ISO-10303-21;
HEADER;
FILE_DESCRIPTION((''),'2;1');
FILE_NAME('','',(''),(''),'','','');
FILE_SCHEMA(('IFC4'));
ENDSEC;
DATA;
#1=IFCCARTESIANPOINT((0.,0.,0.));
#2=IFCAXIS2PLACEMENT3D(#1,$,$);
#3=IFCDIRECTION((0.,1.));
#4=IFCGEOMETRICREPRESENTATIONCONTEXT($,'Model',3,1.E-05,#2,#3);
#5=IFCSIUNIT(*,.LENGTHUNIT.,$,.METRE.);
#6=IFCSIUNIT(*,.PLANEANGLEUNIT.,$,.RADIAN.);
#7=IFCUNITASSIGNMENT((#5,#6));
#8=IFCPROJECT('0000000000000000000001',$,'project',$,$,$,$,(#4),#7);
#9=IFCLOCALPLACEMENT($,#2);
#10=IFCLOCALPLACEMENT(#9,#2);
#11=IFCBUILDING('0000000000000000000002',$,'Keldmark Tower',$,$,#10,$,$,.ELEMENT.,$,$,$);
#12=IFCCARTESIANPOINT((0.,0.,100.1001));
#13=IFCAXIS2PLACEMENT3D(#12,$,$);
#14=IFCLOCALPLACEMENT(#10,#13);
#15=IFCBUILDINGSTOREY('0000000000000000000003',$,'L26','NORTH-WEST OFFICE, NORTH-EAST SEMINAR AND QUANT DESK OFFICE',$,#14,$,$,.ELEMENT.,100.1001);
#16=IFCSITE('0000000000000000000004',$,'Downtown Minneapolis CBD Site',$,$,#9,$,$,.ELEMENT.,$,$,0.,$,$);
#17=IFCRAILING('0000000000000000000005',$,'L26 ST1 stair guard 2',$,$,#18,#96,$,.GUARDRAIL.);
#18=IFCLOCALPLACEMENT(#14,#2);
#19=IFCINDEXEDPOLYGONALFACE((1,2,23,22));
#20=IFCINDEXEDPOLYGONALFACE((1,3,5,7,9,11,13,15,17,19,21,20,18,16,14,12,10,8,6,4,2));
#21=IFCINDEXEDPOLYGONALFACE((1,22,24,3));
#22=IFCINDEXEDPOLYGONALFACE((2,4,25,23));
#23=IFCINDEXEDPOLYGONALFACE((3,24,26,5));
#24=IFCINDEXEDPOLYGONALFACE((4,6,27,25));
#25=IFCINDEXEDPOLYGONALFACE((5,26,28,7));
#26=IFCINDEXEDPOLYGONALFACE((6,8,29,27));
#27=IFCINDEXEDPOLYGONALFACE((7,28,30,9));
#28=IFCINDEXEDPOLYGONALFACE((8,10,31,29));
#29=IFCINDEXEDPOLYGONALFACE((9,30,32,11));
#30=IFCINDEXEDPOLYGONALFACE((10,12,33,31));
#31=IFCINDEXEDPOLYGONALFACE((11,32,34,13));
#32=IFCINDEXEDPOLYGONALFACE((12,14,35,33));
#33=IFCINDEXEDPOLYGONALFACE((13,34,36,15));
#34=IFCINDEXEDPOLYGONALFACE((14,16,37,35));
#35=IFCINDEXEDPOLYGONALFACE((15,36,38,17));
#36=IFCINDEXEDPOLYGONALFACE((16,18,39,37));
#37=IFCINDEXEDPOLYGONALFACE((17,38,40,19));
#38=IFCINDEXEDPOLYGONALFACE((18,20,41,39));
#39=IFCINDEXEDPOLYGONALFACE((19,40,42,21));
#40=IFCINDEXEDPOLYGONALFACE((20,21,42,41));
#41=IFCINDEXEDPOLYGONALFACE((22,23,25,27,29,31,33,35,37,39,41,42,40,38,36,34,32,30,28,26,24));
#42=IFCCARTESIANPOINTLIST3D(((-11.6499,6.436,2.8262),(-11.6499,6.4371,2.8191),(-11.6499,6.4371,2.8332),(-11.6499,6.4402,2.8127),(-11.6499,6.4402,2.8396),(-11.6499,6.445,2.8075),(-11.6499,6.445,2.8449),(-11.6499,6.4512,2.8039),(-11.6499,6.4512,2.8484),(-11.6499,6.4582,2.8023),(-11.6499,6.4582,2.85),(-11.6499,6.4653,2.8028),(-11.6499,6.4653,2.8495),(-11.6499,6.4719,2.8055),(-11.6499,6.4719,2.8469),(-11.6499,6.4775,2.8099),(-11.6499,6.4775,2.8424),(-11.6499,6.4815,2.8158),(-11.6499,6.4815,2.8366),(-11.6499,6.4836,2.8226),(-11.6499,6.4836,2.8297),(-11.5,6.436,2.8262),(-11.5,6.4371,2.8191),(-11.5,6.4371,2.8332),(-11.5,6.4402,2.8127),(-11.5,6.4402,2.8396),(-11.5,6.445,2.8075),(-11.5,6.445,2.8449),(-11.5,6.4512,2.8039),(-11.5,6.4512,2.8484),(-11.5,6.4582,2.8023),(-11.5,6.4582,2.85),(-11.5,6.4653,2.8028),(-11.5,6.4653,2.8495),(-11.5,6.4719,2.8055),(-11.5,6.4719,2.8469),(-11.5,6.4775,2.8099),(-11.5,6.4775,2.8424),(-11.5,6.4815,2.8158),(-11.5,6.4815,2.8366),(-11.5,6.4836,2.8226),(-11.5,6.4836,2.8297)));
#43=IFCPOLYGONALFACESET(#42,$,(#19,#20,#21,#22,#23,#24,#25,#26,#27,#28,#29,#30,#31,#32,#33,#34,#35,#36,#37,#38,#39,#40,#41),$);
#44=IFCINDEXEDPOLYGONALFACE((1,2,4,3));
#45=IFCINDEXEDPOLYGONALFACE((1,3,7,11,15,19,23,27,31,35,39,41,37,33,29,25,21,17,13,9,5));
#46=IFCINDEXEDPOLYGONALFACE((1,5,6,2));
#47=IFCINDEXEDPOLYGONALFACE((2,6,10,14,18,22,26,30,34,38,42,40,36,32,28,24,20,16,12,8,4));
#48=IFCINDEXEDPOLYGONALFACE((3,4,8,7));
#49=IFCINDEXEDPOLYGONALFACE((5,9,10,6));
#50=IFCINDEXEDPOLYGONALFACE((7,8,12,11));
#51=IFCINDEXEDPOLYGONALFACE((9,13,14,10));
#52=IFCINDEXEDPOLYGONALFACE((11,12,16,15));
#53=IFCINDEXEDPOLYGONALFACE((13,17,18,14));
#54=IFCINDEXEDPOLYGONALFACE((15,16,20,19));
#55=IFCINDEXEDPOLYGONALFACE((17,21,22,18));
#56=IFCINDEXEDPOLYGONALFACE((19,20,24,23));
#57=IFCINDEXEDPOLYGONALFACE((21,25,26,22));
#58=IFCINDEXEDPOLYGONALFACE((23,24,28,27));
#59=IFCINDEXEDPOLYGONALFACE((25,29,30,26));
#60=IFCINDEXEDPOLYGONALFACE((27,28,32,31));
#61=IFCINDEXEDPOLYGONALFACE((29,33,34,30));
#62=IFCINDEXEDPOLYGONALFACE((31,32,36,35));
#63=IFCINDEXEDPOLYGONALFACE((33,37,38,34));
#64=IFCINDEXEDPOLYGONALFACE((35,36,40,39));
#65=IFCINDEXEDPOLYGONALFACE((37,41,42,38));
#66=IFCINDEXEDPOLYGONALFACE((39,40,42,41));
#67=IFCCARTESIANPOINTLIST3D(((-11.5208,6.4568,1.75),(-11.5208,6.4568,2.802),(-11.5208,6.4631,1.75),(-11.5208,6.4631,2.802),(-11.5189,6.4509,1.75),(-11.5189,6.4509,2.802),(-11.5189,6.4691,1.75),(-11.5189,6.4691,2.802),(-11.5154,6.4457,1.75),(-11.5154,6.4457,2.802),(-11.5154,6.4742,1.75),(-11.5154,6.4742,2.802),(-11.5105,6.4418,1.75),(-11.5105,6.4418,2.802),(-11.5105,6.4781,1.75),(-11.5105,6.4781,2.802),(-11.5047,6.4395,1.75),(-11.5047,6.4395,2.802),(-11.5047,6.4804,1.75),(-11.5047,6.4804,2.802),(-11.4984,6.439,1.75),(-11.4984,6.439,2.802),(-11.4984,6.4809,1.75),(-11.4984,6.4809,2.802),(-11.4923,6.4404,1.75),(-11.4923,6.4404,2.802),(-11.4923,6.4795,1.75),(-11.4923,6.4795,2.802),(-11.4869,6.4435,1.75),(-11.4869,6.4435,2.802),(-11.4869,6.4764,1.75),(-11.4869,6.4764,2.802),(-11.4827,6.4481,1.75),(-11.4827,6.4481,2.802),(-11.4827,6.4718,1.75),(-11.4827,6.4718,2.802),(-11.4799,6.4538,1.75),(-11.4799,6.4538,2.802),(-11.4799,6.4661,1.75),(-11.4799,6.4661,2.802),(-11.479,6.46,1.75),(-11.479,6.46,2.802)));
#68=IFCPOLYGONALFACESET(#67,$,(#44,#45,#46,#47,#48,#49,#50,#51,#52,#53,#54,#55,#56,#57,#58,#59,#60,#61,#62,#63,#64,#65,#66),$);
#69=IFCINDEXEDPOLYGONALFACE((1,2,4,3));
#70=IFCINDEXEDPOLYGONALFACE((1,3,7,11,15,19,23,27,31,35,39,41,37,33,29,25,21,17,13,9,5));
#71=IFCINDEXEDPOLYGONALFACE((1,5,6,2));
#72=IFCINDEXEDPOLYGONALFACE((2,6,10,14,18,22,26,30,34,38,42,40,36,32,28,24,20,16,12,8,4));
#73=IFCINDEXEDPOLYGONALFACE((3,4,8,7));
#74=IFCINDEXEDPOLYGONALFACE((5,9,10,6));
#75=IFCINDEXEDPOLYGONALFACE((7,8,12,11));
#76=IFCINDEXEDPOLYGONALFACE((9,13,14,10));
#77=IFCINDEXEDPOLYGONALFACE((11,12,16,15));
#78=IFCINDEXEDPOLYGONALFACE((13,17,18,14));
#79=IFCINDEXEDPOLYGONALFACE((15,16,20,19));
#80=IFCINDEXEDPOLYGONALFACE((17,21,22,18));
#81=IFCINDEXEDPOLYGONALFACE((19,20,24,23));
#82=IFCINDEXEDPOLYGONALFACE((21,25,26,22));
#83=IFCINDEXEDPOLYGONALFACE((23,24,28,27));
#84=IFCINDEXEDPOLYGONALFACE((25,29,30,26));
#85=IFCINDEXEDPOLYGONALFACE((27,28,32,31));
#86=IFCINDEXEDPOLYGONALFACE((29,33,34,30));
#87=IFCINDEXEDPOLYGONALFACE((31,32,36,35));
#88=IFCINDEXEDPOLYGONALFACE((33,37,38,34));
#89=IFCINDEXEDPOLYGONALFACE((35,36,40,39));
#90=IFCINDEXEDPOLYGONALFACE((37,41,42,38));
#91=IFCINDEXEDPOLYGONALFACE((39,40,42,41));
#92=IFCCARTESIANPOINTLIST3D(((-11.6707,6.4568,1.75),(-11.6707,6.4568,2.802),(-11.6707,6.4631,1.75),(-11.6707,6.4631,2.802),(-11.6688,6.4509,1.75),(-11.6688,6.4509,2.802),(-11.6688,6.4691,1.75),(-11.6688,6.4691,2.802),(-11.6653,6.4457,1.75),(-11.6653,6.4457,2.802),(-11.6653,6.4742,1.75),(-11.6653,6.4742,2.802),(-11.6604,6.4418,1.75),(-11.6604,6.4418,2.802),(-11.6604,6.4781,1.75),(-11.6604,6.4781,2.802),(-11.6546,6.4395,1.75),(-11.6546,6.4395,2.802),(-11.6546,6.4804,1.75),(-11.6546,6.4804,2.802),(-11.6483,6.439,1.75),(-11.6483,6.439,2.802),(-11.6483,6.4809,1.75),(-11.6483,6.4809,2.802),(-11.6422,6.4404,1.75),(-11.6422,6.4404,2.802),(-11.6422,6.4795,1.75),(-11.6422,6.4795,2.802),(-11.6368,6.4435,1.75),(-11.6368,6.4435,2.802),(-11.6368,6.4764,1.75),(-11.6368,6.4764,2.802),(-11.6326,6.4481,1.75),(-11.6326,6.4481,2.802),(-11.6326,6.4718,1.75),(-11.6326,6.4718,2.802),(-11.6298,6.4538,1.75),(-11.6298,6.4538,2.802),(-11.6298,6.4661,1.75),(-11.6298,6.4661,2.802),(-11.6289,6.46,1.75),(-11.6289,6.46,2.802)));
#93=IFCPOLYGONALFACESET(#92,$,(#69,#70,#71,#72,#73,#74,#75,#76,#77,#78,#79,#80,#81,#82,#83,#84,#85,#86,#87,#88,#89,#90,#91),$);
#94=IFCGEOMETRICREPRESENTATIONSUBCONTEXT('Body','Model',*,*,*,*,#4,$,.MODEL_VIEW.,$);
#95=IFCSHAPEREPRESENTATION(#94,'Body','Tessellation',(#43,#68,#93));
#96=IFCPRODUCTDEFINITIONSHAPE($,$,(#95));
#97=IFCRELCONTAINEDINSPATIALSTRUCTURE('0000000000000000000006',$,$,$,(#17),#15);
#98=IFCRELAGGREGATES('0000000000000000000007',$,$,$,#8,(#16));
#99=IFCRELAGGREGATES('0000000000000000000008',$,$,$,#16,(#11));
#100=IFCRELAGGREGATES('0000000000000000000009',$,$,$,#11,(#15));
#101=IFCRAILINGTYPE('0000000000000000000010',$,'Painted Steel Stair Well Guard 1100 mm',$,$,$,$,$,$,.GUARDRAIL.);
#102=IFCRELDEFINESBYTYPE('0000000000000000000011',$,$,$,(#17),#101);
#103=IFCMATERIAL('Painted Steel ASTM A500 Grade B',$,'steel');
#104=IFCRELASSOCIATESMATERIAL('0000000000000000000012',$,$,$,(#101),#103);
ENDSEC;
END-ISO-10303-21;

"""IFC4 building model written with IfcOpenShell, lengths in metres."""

from ifc_helpers import new_model, si_unit, direction, frame, origin, origin_2d, place, context, subcontext, project, spatial, circle, extrude, material, type_object, element, save


model = new_model("IFC4")

# Units and contexts
model_context = context("Model", 3, precision=1e-05, world=origin(), true_north=direction((0.0, 1.0)))
body_context = subcontext(model_context, "Body", "Model", "MODEL_VIEW")
ifc_project = project(units=[si_unit("LENGTHUNIT", "METRE"), si_unit("PLANEANGLEUNIT", "RADIAN")], contexts=[model_context])

# Site, building, storey
site_placement = place(None, origin())
site = spatial("IfcSite", under=ifc_project, at=site_placement, Name="Downtown Minneapolis CBD Site", CompositionType="ELEMENT", RefElevation=0.0)
building_placement = place(site_placement, origin())
building = spatial("IfcBuilding", under=site, at=building_placement, Name="Keldmark Tower", CompositionType="ELEMENT")
storey_placement = place(building_placement, frame((0.0, 0.0, 100.1001)))
storey = spatial("IfcBuildingStorey", under=building, at=storey_placement, Name="L26", Description="NORTH-WEST OFFICE, NORTH-EAST SEMINAR AND QUANT DESK OFFICE", CompositionType="ELEMENT", Elevation=100.1001)

# Railing
ifc_material_1 = material(Name="Painted Steel ASTM A500 Grade B", Category="steel")
railing_type_1 = type_object("IfcRailingType", Name="Painted Steel Stair Well Guard 1100 mm", PredefinedType="GUARDRAIL", material=ifc_material_1)
railing_1_placement = place(storey_placement, frame((-11.5, 6.46, 1.75)))
element("IfcRailing", 1, at=railing_1_placement, inside=storey, type_object=railing_type_1, Name="L26 ST1 stair guard 2", PredefinedType="GUARDRAIL", context=body_context, shape_type="SweptSolid", body=[
    extrude(circle(Radius=0.0239, at=origin_2d()), frame((0.0, 0.0, 1.0762), z_axis=(-1.0, 0.0, 0.0), x_axis=(0.0, -1.0, 0.0)), (0.0, 0.0, 1.0), 0.1499),
    extrude(circle(Radius=0.021, at=origin_2d()), origin(), (0.0, 0.0, 1.0), 1.052),
    extrude(circle(Radius=0.021, at=origin_2d()), frame((-0.1499, 0.0, 0.0)), (0.0, 0.0, 1.0), 1.052),
])

save(model, "model.ifc")
